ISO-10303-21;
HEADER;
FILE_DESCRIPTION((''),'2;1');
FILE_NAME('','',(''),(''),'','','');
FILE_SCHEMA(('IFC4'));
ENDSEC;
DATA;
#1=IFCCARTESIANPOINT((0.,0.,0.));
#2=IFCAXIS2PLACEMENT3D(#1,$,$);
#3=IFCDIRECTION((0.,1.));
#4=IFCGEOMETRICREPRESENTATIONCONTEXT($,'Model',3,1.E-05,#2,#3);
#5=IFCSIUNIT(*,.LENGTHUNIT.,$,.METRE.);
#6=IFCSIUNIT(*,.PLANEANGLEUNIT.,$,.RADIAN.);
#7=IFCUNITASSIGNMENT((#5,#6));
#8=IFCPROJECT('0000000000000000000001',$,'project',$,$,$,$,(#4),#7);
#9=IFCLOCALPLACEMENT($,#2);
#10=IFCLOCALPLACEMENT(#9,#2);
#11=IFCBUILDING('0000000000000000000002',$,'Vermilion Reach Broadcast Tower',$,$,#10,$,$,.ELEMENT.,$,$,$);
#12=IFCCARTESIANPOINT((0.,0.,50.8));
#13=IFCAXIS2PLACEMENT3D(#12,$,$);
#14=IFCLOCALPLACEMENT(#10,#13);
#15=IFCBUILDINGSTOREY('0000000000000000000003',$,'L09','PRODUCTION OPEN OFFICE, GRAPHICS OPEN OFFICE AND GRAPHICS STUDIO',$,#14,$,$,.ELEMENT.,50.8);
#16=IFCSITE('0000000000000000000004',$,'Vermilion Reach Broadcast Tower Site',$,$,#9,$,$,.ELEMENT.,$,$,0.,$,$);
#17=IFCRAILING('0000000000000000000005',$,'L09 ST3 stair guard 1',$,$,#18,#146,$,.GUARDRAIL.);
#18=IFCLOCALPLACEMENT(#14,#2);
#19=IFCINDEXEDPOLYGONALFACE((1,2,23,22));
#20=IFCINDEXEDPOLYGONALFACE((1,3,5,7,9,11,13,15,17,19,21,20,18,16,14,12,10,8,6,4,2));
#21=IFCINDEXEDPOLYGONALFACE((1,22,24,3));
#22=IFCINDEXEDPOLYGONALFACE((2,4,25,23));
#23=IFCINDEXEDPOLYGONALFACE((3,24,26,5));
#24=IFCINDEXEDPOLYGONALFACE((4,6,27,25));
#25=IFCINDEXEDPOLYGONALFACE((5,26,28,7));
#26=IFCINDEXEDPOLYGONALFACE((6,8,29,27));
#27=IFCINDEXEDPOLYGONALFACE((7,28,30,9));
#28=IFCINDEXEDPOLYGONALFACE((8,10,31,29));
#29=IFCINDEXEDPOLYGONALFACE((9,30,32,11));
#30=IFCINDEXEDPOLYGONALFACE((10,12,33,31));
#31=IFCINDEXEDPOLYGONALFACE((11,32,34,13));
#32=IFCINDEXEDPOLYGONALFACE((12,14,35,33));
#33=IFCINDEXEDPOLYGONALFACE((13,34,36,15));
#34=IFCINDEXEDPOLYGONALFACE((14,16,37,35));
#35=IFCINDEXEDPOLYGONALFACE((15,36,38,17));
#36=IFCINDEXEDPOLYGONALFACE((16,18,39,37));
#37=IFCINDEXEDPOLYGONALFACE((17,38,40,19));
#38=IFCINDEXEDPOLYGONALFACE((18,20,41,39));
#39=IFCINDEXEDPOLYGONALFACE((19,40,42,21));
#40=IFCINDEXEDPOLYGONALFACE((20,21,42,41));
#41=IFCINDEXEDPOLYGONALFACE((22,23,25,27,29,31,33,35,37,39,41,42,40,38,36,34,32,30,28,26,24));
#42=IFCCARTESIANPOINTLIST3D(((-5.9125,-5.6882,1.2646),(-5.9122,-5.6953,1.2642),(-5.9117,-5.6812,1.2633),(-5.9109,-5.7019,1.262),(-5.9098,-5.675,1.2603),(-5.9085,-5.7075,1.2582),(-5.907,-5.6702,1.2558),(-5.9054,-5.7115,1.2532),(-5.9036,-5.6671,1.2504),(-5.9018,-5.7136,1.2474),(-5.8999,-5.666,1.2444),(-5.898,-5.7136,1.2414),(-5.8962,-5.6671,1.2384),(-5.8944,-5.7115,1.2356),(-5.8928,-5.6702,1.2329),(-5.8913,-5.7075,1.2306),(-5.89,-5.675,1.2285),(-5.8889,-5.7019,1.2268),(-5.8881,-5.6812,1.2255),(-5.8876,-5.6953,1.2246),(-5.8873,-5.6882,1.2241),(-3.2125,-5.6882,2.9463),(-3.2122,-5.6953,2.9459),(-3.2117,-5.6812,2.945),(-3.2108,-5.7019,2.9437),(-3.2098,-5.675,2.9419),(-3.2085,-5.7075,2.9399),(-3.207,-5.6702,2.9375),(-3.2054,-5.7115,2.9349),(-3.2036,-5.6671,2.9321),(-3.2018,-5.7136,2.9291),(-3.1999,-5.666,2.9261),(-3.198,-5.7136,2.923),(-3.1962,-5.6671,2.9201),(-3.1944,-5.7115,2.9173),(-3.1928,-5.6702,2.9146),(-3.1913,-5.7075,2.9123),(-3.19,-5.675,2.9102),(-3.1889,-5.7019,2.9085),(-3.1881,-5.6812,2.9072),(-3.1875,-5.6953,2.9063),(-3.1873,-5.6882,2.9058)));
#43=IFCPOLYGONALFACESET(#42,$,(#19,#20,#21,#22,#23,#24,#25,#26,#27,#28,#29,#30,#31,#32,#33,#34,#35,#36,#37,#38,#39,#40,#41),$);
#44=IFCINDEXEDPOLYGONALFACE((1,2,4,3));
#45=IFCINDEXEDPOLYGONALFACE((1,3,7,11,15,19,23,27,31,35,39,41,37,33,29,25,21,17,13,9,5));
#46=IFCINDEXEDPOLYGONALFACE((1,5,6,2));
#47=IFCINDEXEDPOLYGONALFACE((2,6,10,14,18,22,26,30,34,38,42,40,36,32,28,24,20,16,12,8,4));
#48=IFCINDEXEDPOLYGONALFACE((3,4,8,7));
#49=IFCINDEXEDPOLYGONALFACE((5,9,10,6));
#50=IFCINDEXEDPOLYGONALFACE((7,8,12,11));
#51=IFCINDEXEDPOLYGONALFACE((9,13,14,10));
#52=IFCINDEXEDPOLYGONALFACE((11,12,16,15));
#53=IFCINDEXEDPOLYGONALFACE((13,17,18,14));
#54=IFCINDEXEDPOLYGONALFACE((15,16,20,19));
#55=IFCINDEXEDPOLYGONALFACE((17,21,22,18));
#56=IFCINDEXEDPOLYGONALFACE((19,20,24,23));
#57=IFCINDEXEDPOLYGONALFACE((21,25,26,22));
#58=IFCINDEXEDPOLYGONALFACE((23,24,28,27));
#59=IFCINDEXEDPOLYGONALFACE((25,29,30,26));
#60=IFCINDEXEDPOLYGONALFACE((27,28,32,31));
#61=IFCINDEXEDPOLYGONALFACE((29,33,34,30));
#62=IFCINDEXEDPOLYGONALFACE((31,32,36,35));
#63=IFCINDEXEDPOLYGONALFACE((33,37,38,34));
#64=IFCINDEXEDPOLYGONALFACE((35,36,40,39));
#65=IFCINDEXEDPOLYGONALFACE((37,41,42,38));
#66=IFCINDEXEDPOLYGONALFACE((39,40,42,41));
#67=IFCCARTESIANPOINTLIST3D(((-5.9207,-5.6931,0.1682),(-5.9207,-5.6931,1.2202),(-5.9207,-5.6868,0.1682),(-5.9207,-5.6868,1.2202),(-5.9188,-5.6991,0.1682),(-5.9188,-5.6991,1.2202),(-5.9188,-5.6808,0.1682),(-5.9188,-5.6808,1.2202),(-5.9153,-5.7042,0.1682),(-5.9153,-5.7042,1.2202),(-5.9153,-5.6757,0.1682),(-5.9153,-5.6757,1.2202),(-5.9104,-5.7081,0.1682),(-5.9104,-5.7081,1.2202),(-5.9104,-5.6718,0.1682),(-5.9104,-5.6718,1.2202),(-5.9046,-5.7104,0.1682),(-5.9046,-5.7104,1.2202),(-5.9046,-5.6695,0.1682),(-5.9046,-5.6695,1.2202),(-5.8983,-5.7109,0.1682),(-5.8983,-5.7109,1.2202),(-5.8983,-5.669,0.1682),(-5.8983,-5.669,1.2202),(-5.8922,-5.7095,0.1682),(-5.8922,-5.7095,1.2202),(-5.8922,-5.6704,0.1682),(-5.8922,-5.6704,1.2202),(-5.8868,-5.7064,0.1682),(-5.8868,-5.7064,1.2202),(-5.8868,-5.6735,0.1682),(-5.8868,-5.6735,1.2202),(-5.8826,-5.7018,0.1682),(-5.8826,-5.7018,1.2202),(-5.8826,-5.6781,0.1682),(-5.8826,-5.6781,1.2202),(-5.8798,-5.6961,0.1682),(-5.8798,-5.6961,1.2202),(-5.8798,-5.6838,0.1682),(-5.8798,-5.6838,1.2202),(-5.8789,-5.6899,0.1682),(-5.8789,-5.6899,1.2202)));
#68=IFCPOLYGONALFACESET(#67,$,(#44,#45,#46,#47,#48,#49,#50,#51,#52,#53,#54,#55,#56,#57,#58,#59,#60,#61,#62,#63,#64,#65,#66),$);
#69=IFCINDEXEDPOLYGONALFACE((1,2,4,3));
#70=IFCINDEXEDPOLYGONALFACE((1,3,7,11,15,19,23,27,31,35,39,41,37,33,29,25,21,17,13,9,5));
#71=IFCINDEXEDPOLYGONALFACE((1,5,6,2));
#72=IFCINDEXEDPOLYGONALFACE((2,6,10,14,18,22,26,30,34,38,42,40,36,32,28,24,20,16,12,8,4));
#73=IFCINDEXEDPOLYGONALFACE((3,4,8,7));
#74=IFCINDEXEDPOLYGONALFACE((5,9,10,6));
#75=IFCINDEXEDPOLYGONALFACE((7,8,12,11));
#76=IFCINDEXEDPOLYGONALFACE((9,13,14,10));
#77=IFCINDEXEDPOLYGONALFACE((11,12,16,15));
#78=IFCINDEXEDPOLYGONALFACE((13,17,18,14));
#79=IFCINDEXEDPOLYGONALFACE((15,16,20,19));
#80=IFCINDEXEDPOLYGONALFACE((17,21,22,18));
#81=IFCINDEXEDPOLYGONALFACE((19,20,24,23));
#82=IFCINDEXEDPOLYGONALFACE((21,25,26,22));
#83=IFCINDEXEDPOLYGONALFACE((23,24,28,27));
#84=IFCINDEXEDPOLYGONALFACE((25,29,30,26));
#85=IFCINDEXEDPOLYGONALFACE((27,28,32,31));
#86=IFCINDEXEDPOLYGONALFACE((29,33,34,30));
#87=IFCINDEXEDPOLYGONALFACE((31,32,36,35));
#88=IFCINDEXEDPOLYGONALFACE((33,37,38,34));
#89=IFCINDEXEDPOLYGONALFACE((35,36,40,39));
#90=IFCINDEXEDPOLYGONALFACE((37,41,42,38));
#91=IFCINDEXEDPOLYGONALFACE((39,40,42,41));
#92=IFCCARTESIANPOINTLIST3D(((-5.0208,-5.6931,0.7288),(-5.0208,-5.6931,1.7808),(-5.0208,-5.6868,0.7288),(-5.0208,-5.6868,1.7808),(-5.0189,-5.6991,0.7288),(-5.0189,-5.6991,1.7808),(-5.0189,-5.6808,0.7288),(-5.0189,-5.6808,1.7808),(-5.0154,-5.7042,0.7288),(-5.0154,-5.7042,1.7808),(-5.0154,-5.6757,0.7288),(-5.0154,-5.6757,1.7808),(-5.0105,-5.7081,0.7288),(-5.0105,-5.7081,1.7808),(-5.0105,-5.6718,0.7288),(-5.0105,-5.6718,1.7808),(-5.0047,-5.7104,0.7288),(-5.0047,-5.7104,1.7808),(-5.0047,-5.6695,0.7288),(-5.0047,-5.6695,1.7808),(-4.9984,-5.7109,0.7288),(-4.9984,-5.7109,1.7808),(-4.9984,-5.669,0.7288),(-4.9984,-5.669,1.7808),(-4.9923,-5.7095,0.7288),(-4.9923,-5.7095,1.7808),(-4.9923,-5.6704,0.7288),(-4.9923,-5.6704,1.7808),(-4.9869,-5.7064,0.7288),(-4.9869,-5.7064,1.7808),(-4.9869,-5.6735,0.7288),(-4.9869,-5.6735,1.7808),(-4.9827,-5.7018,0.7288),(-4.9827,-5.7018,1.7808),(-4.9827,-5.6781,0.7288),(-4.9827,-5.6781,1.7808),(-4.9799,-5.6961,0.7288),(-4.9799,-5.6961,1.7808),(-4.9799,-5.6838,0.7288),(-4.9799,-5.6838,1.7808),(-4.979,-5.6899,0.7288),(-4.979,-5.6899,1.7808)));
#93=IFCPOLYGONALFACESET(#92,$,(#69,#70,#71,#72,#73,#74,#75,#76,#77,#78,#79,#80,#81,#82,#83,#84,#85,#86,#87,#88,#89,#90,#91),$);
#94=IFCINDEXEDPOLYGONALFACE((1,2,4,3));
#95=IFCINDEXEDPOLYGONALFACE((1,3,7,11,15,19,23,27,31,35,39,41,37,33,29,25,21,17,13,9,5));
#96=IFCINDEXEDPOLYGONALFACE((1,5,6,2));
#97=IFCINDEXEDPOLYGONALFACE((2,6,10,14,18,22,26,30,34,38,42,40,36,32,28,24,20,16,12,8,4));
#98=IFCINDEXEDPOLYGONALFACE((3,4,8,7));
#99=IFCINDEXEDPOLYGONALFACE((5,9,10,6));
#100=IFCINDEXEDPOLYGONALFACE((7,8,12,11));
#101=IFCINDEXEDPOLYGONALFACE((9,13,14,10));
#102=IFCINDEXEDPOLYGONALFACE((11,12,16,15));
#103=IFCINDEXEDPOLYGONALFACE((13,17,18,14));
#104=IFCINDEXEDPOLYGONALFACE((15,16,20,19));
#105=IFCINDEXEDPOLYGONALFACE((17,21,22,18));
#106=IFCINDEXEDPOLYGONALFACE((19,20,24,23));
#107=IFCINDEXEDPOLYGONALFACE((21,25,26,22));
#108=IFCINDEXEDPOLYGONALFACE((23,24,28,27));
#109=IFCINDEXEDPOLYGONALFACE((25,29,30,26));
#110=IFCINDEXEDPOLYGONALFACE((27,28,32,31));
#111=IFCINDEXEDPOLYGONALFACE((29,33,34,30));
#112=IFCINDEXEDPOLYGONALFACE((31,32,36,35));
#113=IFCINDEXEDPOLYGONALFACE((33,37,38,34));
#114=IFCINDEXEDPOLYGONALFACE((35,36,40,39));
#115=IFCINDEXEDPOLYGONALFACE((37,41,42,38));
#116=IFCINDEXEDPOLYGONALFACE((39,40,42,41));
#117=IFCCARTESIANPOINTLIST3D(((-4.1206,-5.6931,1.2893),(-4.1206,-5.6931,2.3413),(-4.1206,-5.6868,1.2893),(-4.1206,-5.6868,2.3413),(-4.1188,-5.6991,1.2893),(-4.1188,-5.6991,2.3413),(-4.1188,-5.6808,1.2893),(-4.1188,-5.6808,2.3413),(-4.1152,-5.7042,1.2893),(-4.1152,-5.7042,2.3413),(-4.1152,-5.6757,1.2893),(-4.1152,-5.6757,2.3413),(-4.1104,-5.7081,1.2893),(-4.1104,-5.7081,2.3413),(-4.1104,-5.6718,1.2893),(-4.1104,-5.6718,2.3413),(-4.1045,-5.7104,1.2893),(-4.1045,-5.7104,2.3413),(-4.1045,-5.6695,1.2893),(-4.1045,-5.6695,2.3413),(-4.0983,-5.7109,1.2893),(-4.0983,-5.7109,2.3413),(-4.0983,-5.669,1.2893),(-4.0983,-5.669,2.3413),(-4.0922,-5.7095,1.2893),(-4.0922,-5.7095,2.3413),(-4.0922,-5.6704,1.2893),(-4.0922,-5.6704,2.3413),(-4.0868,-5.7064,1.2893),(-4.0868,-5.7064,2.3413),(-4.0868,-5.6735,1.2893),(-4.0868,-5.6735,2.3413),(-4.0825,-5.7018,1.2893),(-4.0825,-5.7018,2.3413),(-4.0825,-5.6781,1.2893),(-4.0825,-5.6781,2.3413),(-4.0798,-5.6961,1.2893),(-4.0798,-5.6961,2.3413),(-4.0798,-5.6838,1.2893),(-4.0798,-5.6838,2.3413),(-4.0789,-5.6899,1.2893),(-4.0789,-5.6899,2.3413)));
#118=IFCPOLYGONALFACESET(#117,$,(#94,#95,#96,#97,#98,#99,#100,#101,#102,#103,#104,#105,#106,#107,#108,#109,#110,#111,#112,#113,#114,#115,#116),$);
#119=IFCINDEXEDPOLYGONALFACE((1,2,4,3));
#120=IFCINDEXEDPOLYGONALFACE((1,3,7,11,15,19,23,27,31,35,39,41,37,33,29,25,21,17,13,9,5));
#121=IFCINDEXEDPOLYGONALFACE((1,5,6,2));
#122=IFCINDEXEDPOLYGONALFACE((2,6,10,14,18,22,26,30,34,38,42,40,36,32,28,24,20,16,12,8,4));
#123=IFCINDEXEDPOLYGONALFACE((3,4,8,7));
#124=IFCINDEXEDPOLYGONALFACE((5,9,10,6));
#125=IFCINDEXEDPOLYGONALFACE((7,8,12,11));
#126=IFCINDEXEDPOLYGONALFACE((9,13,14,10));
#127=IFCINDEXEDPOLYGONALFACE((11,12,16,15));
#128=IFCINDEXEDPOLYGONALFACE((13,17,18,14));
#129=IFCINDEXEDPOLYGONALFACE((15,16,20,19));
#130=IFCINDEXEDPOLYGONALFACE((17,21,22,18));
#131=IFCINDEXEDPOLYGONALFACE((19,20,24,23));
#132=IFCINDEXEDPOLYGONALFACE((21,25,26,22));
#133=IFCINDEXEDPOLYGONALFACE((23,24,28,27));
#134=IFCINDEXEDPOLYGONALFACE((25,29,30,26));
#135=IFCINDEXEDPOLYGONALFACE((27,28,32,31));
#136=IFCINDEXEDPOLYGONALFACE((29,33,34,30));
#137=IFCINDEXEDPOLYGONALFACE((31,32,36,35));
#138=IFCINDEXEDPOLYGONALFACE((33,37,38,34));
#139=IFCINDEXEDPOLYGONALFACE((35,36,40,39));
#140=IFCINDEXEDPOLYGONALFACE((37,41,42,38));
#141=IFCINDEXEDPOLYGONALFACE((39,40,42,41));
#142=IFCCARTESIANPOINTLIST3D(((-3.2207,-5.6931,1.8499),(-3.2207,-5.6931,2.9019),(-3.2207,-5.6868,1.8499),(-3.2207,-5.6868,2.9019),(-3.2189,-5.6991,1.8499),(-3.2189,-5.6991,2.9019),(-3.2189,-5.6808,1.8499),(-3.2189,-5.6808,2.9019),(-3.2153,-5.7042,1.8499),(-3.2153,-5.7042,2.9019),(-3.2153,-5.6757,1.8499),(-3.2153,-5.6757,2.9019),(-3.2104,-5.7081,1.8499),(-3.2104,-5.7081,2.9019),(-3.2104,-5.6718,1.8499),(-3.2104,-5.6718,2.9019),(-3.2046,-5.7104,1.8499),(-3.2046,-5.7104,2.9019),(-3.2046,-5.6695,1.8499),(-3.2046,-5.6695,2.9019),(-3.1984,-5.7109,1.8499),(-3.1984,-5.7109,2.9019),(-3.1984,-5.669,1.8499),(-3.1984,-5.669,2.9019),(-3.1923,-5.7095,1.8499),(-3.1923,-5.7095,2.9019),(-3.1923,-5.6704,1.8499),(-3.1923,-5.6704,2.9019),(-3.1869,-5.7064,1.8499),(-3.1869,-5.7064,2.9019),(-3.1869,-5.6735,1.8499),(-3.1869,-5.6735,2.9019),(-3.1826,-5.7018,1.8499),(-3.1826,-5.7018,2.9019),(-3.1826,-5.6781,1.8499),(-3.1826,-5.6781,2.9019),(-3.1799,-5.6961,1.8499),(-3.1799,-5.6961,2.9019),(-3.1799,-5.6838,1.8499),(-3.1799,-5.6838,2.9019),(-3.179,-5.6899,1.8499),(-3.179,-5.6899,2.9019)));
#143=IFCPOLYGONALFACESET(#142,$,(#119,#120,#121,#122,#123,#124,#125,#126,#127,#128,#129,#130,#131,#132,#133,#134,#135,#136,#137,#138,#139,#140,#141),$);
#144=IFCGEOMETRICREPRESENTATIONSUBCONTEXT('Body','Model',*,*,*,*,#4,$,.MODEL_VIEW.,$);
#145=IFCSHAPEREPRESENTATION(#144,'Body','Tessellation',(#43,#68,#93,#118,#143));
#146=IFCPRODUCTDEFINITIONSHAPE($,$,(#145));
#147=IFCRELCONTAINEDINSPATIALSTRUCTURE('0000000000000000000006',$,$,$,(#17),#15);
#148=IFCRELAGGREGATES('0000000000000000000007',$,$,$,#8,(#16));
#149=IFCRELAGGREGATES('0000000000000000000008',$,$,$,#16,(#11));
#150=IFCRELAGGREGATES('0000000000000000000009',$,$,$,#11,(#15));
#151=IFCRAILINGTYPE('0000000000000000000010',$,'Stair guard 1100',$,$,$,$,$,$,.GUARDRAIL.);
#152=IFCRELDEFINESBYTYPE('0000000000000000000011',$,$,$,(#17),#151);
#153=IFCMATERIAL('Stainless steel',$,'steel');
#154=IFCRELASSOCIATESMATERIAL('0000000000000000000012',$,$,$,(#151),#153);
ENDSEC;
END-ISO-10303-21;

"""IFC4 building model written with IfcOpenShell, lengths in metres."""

from ifc_helpers import new_model, si_unit, direction, frame, origin, origin_2d, place, context, subcontext, project, spatial, circle, extrude, material, type_object, element, save


model = new_model("IFC4")

# Units and contexts
model_context = context("Model", 3, precision=1e-05, world=origin(), true_north=direction((0.0, 1.0)))
body_context = subcontext(model_context, "Body", "Model", "MODEL_VIEW")
ifc_project = project(units=[si_unit("LENGTHUNIT", "METRE"), si_unit("PLANEANGLEUNIT", "RADIAN")], contexts=[model_context])

# Site, building, storey
site_placement = place(None, origin())
site = spatial("IfcSite", under=ifc_project, at=site_placement, Name="Vermilion Reach Broadcast Tower Site", CompositionType="ELEMENT", RefElevation=0.0)
building_placement = place(site_placement, origin())
building = spatial("IfcBuilding", under=site, at=building_placement, Name="Vermilion Reach Broadcast Tower", CompositionType="ELEMENT")
storey_placement = place(building_placement, frame((0.0, 0.0, 50.8)))
storey = spatial("IfcBuildingStorey", under=building, at=storey_placement, Name="L09", Description="PRODUCTION OPEN OFFICE, GRAPHICS OPEN OFFICE AND GRAPHICS STUDIO", CompositionType="ELEMENT", Elevation=50.8)

# Railing
ifc_material_1 = material(Name="Stainless steel", Category="steel")
railing_type_1 = type_object("IfcRailingType", Name="Stair guard 1100", PredefinedType="GUARDRAIL", material=ifc_material_1)
railing_1_placement = place(storey_placement, frame((-5.8999, -5.6899, 0.1682)))
element("IfcRailing", 1, at=railing_1_placement, inside=storey, type_object=railing_type_1, Name="L09 ST3 stair guard 1", PredefinedType="GUARDRAIL", context=body_context, shape_type="SweptSolid", body=[
    extrude(circle(Radius=0.0239, at=origin_2d()), frame((0.0, 0.0, 1.0762), z_axis=(0.848821, 0.0, 0.528681), x_axis=(0.0, 1.0, 0.0)), (0.0, 0.0, 1.0), 3.1809),
    extrude(circle(Radius=0.021, at=origin_2d()), origin(), (0.0, 0.0, 1.0), 1.052),
    extrude(circle(Radius=0.021, at=origin_2d()), frame((0.8999, 0.0, 0.5605)), (0.0, 0.0, 1.0), 1.052),
    extrude(circle(Radius=0.021, at=origin_2d()), frame((1.8, 0.0, 1.1211)), (0.0, 0.0, 1.0), 1.052),
    extrude(circle(Radius=0.021, at=origin_2d()), frame((2.7, 0.0, 1.6816)), (0.0, 0.0, 1.0), 1.052),
])

save(model, "model.ifc")
